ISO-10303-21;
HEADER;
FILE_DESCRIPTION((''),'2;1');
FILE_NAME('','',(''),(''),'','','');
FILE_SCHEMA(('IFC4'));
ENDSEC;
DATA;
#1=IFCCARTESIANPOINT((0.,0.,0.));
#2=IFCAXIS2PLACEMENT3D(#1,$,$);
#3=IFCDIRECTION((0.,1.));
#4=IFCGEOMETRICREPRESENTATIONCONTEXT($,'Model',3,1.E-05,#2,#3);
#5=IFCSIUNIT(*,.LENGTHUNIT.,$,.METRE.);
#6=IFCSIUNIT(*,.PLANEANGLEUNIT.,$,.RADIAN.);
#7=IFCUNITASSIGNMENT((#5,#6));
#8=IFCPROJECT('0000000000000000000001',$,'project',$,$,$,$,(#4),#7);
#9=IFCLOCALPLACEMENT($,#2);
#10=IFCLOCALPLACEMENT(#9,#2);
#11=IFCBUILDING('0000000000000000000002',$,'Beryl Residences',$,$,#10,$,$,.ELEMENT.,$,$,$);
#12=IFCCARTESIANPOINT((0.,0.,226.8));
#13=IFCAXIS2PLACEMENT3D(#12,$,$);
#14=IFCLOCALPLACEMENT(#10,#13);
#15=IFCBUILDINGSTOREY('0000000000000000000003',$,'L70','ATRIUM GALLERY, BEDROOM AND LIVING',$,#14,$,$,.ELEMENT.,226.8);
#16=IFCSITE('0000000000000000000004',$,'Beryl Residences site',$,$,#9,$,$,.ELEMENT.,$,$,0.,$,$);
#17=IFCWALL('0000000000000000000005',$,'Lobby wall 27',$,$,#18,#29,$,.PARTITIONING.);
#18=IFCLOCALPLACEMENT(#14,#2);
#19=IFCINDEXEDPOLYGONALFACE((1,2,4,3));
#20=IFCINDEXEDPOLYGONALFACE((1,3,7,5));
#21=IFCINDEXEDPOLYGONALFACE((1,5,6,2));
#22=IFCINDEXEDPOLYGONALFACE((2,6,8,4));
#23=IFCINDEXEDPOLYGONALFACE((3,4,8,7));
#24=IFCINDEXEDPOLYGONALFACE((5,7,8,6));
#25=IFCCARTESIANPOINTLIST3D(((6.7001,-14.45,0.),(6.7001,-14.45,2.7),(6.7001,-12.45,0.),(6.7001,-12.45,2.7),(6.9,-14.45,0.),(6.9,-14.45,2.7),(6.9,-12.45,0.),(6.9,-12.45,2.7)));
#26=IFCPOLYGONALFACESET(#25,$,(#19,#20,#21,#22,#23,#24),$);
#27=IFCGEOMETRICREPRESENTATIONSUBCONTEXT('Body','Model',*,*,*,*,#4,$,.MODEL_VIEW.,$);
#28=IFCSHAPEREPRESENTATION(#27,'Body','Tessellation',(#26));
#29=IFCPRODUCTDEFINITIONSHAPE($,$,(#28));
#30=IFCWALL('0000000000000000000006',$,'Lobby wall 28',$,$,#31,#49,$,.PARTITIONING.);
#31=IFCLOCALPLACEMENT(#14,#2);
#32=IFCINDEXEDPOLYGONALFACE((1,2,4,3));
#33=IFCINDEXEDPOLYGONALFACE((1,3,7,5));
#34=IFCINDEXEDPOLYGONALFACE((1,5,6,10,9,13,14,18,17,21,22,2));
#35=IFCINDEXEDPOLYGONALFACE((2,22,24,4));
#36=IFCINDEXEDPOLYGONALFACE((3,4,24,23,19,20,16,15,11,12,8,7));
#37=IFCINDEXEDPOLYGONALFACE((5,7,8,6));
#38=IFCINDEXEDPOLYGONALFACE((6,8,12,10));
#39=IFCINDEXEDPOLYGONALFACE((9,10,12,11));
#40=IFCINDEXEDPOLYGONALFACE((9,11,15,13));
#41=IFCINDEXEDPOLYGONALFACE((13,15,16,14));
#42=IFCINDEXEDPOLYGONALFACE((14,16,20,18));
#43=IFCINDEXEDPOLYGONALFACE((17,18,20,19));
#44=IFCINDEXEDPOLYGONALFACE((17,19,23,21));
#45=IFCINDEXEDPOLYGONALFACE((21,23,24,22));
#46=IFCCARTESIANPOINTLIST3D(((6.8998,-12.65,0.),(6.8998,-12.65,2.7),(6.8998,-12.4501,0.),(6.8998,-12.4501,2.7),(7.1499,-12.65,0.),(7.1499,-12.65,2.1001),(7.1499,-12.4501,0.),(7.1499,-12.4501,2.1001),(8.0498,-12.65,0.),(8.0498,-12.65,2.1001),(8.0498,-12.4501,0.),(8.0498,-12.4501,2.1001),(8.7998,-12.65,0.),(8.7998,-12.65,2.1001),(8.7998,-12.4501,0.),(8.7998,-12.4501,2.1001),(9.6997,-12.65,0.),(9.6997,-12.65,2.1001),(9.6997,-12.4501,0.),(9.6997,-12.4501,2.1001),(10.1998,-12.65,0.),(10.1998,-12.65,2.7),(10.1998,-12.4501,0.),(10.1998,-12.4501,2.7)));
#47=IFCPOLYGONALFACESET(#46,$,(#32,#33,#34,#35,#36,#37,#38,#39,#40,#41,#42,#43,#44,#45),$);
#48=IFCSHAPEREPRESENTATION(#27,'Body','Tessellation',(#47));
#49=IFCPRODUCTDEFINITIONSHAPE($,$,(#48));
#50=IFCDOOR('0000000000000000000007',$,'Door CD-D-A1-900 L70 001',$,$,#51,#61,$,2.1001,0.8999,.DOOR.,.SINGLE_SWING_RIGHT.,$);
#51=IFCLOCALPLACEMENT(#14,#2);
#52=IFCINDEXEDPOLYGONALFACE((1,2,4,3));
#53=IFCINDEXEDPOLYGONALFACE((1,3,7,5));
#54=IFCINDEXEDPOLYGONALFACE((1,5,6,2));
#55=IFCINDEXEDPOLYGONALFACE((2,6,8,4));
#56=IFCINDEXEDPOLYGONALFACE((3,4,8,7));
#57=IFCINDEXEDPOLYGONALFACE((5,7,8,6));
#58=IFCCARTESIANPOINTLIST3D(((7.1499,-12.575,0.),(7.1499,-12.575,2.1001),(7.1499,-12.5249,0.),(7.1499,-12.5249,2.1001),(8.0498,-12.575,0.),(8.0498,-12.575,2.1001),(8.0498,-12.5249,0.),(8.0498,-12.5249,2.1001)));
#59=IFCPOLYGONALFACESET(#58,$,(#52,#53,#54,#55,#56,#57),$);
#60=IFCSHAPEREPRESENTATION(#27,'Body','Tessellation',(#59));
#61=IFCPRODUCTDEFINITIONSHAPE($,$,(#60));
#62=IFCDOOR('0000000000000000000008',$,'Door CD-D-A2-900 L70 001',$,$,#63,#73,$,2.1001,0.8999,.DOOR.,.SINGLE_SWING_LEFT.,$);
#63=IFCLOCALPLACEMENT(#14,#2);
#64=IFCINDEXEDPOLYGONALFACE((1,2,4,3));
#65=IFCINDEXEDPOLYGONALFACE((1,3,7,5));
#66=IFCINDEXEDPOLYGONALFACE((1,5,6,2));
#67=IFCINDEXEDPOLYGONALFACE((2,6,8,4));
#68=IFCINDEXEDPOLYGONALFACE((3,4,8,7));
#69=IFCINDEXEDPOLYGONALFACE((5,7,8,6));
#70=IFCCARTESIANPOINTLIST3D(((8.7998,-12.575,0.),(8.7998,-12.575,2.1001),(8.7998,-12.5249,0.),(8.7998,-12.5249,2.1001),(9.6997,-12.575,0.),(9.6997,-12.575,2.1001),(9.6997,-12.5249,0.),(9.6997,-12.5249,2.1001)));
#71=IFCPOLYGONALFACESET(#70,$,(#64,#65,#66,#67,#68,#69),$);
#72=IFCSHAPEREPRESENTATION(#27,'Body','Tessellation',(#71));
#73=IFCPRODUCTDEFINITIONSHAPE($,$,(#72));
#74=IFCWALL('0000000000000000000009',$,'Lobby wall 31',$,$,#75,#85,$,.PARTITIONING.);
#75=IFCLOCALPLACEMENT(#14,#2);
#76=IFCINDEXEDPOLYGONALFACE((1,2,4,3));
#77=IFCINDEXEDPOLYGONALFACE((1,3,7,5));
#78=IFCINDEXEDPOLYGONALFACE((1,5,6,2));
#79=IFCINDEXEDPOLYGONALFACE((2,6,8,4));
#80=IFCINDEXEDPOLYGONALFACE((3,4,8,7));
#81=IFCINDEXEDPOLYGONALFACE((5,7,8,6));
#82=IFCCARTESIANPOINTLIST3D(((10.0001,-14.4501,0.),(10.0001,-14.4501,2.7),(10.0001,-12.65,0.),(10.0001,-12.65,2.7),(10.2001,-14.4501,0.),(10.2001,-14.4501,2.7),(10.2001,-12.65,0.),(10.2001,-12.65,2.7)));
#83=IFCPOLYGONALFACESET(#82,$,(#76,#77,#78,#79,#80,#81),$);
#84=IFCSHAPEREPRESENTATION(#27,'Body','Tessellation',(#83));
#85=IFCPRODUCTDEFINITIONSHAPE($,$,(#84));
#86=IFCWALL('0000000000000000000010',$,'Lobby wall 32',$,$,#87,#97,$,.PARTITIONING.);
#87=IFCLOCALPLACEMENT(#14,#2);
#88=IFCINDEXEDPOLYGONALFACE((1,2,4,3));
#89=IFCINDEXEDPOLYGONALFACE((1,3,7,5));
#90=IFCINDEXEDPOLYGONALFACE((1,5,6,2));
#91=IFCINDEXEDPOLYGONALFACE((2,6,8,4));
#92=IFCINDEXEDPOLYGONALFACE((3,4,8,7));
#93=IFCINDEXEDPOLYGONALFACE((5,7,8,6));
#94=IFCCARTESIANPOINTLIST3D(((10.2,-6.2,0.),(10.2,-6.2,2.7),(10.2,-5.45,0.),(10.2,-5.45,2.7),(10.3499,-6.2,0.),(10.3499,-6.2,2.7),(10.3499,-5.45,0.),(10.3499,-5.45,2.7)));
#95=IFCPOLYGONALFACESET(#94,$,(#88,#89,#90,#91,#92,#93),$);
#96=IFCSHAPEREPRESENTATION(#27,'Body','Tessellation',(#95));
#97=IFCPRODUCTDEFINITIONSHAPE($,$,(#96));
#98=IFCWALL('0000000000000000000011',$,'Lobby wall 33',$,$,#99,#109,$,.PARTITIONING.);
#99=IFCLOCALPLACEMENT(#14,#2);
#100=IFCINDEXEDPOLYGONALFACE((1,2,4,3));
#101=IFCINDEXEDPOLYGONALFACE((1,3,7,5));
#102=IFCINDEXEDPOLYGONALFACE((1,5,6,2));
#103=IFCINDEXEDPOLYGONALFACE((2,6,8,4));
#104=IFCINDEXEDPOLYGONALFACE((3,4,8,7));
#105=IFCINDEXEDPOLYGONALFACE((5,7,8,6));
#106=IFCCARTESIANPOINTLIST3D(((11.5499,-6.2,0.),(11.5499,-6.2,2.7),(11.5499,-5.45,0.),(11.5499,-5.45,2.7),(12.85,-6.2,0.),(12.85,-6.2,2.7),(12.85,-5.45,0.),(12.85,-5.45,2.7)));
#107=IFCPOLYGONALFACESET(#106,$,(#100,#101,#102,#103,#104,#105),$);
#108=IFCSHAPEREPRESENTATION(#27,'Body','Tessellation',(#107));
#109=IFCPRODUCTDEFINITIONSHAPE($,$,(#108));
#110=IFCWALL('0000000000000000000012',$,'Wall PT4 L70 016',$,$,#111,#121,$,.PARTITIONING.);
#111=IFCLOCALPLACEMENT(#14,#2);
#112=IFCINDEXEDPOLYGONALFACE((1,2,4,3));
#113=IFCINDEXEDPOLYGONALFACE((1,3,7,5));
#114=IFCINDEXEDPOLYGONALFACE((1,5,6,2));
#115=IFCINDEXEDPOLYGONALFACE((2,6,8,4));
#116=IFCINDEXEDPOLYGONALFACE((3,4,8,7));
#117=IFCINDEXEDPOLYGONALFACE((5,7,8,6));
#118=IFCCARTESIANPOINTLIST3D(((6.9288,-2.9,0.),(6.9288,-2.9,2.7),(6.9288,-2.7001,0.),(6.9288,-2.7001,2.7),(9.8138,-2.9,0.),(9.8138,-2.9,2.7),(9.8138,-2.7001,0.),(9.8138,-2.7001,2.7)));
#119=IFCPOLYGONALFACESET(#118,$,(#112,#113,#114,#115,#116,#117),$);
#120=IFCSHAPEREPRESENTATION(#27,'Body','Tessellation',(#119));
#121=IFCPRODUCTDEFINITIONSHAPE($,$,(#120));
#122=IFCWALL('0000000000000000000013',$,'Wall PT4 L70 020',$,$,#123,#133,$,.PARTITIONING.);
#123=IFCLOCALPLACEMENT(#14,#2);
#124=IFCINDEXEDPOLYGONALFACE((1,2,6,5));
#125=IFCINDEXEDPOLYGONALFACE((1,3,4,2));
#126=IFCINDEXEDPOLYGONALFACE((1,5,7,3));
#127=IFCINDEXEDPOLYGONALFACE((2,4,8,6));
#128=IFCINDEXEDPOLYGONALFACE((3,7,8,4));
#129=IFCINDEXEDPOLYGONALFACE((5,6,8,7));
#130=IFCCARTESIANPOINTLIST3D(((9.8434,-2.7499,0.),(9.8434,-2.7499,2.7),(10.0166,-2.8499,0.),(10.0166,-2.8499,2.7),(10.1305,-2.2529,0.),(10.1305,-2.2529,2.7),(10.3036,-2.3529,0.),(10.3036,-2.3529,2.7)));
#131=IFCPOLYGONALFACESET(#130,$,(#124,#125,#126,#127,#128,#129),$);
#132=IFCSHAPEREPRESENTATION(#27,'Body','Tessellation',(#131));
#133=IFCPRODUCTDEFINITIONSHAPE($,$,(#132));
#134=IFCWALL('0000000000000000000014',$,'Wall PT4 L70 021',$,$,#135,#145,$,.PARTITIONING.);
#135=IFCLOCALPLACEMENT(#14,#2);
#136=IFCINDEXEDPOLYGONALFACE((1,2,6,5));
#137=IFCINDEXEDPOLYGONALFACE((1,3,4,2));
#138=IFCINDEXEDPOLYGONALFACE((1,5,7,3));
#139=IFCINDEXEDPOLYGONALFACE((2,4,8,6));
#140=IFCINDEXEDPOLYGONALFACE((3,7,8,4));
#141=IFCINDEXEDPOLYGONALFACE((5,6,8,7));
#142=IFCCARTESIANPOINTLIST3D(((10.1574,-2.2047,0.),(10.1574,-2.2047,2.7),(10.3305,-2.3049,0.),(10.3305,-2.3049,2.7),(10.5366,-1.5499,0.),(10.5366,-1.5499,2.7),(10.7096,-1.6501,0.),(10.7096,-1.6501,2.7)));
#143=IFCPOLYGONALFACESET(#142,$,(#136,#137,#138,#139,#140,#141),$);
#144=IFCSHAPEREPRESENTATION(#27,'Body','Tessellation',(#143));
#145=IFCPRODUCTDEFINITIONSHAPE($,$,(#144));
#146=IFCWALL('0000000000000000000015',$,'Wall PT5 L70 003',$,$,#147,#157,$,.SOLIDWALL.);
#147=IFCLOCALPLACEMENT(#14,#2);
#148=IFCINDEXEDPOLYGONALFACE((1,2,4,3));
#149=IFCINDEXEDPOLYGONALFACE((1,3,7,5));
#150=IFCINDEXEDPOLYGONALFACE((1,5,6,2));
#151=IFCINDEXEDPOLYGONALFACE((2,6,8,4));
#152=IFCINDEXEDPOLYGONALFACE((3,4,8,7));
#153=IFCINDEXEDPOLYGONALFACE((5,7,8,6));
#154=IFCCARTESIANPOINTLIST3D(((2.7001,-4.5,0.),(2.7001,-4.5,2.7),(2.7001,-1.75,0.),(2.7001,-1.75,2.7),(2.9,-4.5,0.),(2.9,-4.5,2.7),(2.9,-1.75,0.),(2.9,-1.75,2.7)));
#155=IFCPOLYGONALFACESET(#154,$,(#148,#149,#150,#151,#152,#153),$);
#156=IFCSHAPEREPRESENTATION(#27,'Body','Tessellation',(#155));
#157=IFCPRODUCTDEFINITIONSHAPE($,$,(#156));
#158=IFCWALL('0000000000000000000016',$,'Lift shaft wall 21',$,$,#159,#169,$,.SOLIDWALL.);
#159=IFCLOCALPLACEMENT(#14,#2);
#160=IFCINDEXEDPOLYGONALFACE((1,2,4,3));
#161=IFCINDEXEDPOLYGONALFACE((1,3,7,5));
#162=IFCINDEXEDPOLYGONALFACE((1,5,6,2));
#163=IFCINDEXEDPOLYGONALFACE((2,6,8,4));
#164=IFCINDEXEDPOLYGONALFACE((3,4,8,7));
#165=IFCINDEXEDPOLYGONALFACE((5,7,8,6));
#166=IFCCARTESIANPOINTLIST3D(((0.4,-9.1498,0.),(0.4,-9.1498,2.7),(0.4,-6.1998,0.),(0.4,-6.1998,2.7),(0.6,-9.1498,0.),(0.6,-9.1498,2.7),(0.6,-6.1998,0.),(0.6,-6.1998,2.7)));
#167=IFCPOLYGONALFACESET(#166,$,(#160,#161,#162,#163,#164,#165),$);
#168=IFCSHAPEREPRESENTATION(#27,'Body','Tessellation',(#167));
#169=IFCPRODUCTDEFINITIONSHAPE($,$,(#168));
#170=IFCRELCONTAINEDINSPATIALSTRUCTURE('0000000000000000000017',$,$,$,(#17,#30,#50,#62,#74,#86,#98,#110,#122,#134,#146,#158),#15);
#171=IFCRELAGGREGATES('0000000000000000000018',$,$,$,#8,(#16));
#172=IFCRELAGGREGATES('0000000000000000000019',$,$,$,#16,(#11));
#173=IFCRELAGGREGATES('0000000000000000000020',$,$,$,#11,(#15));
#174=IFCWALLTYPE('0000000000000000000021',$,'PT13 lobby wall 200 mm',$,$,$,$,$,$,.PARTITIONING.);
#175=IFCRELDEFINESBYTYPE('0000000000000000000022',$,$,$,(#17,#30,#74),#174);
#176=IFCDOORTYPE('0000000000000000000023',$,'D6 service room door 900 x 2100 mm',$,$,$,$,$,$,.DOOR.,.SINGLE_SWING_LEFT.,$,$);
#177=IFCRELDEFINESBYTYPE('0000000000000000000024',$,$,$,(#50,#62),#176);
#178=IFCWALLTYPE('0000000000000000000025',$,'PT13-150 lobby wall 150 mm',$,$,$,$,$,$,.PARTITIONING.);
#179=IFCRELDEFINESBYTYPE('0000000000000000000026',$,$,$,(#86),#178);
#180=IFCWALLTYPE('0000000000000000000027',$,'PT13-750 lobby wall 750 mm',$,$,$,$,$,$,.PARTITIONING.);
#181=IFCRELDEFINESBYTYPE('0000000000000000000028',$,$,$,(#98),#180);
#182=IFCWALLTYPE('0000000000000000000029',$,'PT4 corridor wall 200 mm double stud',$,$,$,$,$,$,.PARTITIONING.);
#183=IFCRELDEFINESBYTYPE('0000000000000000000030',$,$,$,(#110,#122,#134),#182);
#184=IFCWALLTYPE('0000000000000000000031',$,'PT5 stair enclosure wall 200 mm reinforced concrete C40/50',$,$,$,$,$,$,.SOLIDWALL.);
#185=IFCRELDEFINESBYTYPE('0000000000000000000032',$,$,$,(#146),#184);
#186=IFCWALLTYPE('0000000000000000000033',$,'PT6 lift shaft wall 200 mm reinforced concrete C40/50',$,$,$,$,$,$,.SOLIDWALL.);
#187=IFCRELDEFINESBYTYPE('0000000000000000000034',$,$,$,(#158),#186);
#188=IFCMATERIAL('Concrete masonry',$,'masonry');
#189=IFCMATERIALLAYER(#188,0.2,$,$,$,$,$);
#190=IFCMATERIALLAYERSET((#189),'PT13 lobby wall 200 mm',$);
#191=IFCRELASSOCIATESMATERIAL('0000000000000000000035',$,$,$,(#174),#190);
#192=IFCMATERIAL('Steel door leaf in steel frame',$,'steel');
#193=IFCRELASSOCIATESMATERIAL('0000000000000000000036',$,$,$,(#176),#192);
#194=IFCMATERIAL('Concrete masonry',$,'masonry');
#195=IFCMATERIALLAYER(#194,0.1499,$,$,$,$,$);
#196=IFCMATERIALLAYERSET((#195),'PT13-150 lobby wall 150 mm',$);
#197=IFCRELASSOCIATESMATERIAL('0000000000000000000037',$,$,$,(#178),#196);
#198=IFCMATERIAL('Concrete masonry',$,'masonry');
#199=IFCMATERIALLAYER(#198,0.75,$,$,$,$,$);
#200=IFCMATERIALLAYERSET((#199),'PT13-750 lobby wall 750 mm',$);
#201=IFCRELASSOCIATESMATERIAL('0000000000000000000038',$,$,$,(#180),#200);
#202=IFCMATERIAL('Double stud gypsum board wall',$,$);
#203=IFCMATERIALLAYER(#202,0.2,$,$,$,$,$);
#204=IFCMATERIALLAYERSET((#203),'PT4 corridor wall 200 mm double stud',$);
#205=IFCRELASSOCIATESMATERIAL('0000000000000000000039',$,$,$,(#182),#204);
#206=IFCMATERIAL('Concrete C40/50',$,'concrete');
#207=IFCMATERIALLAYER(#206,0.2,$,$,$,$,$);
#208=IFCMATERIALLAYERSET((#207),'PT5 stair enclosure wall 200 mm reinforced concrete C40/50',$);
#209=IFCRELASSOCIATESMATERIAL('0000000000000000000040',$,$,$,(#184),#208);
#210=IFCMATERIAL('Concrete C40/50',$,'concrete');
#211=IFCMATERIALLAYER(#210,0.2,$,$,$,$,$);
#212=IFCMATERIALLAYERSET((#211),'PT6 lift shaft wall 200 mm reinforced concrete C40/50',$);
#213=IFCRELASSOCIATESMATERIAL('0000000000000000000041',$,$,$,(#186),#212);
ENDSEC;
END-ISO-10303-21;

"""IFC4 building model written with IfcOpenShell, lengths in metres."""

from ifc_helpers import new_model, si_unit, direction, frame, frame_2d, origin, place, context, subcontext, project, spatial, rectangle, extrude, material, layer, layer_set, type_object, element, fill, save


model = new_model("IFC4")

# Units and contexts
model_context = context("Model", 3, precision=1e-05, world=origin(), true_north=direction((0.0, 1.0)))
body_context = subcontext(model_context, "Body", "Model", "MODEL_VIEW")
ifc_project = project(units=[si_unit("LENGTHUNIT", "METRE"), si_unit("PLANEANGLEUNIT", "RADIAN")], contexts=[model_context])

# Site, building, storey
site_placement = place(None, origin())
site = spatial("IfcSite", under=ifc_project, at=site_placement, Name="Beryl Residences site", CompositionType="ELEMENT", RefElevation=0.0)
building_placement = place(site_placement, origin())
building = spatial("IfcBuilding", under=site, at=building_placement, Name="Beryl Residences", CompositionType="ELEMENT")
storey_placement = place(building_placement, frame((0.0, 0.0, 226.8)))
storey = spatial("IfcBuildingStorey", under=building, at=storey_placement, Name="L70", Description="ATRIUM GALLERY, BEDROOM AND LIVING", CompositionType="ELEMENT", Elevation=226.8)

# Wall
ifc_material_1 = material(Name="Concrete masonry", Category="masonry")
ifc_layer_1 = layer(ifc_material_1, 0.2)
ifc_layer_set_1 = layer_set([ifc_layer_1], Name="PT13 lobby wall 200 mm")
wall_type_1 = type_object("IfcWallType", Name="PT13 lobby wall 200 mm", PredefinedType="PARTITIONING", material=ifc_layer_set_1)
wall_1_placement = place(storey_placement, frame((6.8, -14.45, 0.0), z_axis=(0.0, 0.0, 1.0), x_axis=(0.0, 1.0, 0.0)))
element("IfcWall", 1, at=wall_1_placement, inside=storey, type_object=wall_type_1, Name="Lobby wall 27", PredefinedType="PARTITIONING", context=body_context, shape_type="SweptSolid", body=[
    extrude(rectangle(XDim=2.0, YDim=0.2, at=frame_2d((1.0, 0.0))), origin(), (0.0, 0.0, 1.0), 2.7),
])

# Wall, openings, doors
wall_2_placement = place(storey_placement, frame((6.8999, -12.55, 0.0), z_axis=(0.0, 0.0, 1.0), x_axis=(1.0, 0.0, 0.0)))
wall_2 = element("IfcWall", 2, at=wall_2_placement, inside=storey, type_object=wall_type_1, Name="Lobby wall 28", PredefinedType="PARTITIONING", context=body_context, shape_type="SweptSolid", body=[
    extrude(rectangle(XDim=3.3, YDim=0.2, at=frame_2d((1.6499, 0.0))), origin(), (0.0, 0.0, 1.0), 2.7),
])
opening_1_placement = place(wall_2_placement, frame((1.1499, 0.0, 0.0), z_axis=(0.0, 0.0, 1.0), x_axis=(-1.0, 0.0, 0.0)))
opening_1 = element("IfcOpeningElement", 3, at=opening_1_placement, cuts=wall_2, PredefinedType="OPENING", context=body_context, shape_type="SweptSolid", body=[
    extrude(rectangle(XDim=0.8999, YDim=2.1001, at=frame_2d((0.45, 1.05))), frame((0.0, 0.1099, 0.0), z_axis=(0.0, -1.0, 0.0), x_axis=(1.0, 0.0, 0.0)), (0.0, 0.0, 1.0), 0.22),
])
opening_2_placement = place(wall_2_placement, frame((2.7998, 0.0, 0.0), z_axis=(0.0, 0.0, 1.0), x_axis=(-1.0, 0.0, 0.0)))
opening_2 = element("IfcOpeningElement", 4, at=opening_2_placement, cuts=wall_2, PredefinedType="OPENING", context=body_context, shape_type="SweptSolid", body=[
    extrude(rectangle(XDim=0.8999, YDim=2.1001, at=frame_2d((0.45, 1.05))), frame((0.0, 0.1099, 0.0), z_axis=(0.0, -1.0, 0.0), x_axis=(1.0, 0.0, 0.0)), (0.0, 0.0, 1.0), 0.22),
])
ifc_material_2 = material(Name="Steel door leaf in steel frame", Category="steel")
door_type = type_object("IfcDoorType", Name="D6 service room door 900 x 2100 mm", OperationType="SINGLE_SWING_LEFT", PredefinedType="DOOR", material=ifc_material_2)
door_1_placement = place(opening_1_placement, origin())
door_1 = element("IfcDoor", 5, at=door_1_placement, inside=storey, type_object=door_type, Name="Door CD-D-A1-900 L70 001", OperationType="SINGLE_SWING_RIGHT", OverallHeight=2.1001, OverallWidth=0.8999, PredefinedType="DOOR", context=body_context, shape_type="SweptSolid", body=[
    extrude(rectangle(XDim=0.8999, YDim=2.1001, at=frame_2d((0.45, 1.05))), frame((0.0, 0.0249, 0.0), z_axis=(0.0, -1.0, 0.0), x_axis=(1.0, 0.0, 0.0)), (0.0, 0.0, 1.0), 0.05),
])
fill(opening_1, door_1)
door_2_placement = place(opening_2_placement, origin())
door_2 = element("IfcDoor", 6, at=door_2_placement, inside=storey, type_object=door_type, Name="Door CD-D-A2-900 L70 001", OperationType="SINGLE_SWING_LEFT", OverallHeight=2.1001, OverallWidth=0.8999, PredefinedType="DOOR", context=body_context, shape_type="SweptSolid", body=[
    extrude(rectangle(XDim=0.8999, YDim=2.1001, at=frame_2d((0.45, 1.05))), frame((0.0, 0.0249, 0.0), z_axis=(0.0, -1.0, 0.0), x_axis=(1.0, 0.0, 0.0)), (0.0, 0.0, 1.0), 0.05),
])
fill(opening_2, door_2)

# Walls
wall_3_placement = place(storey_placement, frame((10.1001, -14.45, 0.0), z_axis=(0.0, 0.0, 1.0), x_axis=(0.0, 1.0, 0.0)))
element("IfcWall", 7, at=wall_3_placement, inside=storey, type_object=wall_type_1, Name="Lobby wall 31", PredefinedType="PARTITIONING", context=body_context, shape_type="SweptSolid", body=[
    extrude(rectangle(XDim=1.8, YDim=0.2, at=frame_2d((0.8999, 0.0))), origin(), (0.0, 0.0, 1.0), 2.7),
])
ifc_material_3 = material(Name="Concrete masonry", Category="masonry")
ifc_layer_2 = layer(ifc_material_3, 0.1499)
ifc_layer_set_2 = layer_set([ifc_layer_2], Name="PT13-150 lobby wall 150 mm")
wall_type_2 = type_object("IfcWallType", Name="PT13-150 lobby wall 150 mm", PredefinedType="PARTITIONING", material=ifc_layer_set_2)
wall_4_placement = place(storey_placement, frame((10.2749, -6.2, 0.0), z_axis=(0.0, 0.0, 1.0), x_axis=(0.0, 1.0, 0.0)))
element("IfcWall", 8, at=wall_4_placement, inside=storey, type_object=wall_type_2, Name="Lobby wall 32", PredefinedType="PARTITIONING", context=body_context, shape_type="SweptSolid", body=[
    extrude(rectangle(XDim=0.75, YDim=0.1499, at=frame_2d((0.375, 0.0))), origin(), (0.0, 0.0, 1.0), 2.7),
])
ifc_material_4 = material(Name="Concrete masonry", Category="masonry")
ifc_layer_3 = layer(ifc_material_4, 0.75)
ifc_layer_set_3 = layer_set([ifc_layer_3], Name="PT13-750 lobby wall 750 mm")
wall_type_3 = type_object("IfcWallType", Name="PT13-750 lobby wall 750 mm", PredefinedType="PARTITIONING", material=ifc_layer_set_3)
wall_5_placement = place(storey_placement, frame((11.55, -5.825, 0.0), z_axis=(0.0, 0.0, 1.0), x_axis=(1.0, 0.0, 0.0)))
element("IfcWall", 9, at=wall_5_placement, inside=storey, type_object=wall_type_3, Name="Lobby wall 33", PredefinedType="PARTITIONING", context=body_context, shape_type="SweptSolid", body=[
    extrude(rectangle(XDim=1.3, YDim=0.75, at=frame_2d((0.6499, 0.0))), origin(), (0.0, 0.0, 1.0), 2.7),
])
ifc_material_5 = material(Name="Double stud gypsum board wall")
ifc_layer_4 = layer(ifc_material_5, 0.2)
ifc_layer_set_4 = layer_set([ifc_layer_4], Name="PT4 corridor wall 200 mm double stud")
wall_type_4 = type_object("IfcWallType", Name="PT4 corridor wall 200 mm double stud", PredefinedType="PARTITIONING", material=ifc_layer_set_4)
wall_6_placement = place(storey_placement, frame((6.929, -2.8, 0.0), z_axis=(0.0, 0.0, 1.0), x_axis=(1.0, 0.0, 0.0)))
element("IfcWall", 10, at=wall_6_placement, inside=storey, type_object=wall_type_4, Name="Wall PT4 L70 016", PredefinedType="PARTITIONING", context=body_context, shape_type="SweptSolid", body=[
    extrude(rectangle(XDim=2.885, YDim=0.2, at=frame_2d((1.4424, 0.0))), origin(), (0.0, 0.0, 1.0), 2.7),
])
wall_7_placement = place(storey_placement, frame((9.9299, -2.8, 0.0), z_axis=(0.0, 0.0, 1.0), x_axis=(0.500164, 0.865931, 0.0)))
element("IfcWall", 11, at=wall_7_placement, inside=storey, type_object=wall_type_4, Name="Wall PT4 L70 020", PredefinedType="PARTITIONING", context=body_context, shape_type="SweptSolid", body=[
    extrude(rectangle(XDim=0.574, YDim=0.2, at=frame_2d((0.2871, 0.0))), origin(), (0.0, 0.0, 1.0), 2.7),
])
wall_8_placement = place(storey_placement, frame((10.2439, -2.2549, 0.0), z_axis=(0.0, 0.0, 1.0), x_axis=(0.5011, 0.865389, 0.0)))
element("IfcWall", 12, at=wall_8_placement, inside=storey, type_object=wall_type_4, Name="Wall PT4 L70 021", PredefinedType="PARTITIONING", context=body_context, shape_type="SweptSolid", body=[
    extrude(rectangle(XDim=0.7566, YDim=0.2, at=frame_2d((0.3784, 0.0))), origin(), (0.0, 0.0, 1.0), 2.7),
])
ifc_material_6 = material(Name="Concrete C40/50", Category="concrete")
ifc_layer_5 = layer(ifc_material_6, 0.2)
ifc_layer_set_5 = layer_set([ifc_layer_5], Name="PT5 stair enclosure wall 200 mm reinforced concrete C40/50")
wall_type_5 = type_object("IfcWallType", Name="PT5 stair enclosure wall 200 mm reinforced concrete C40/50", PredefinedType="SOLIDWALL", material=ifc_layer_set_5)
wall_9_placement = place(storey_placement, frame((2.8, -4.5, 0.0), z_axis=(0.0, 0.0, 1.0), x_axis=(0.0, 1.0, 0.0)))
element("IfcWall", 13, at=wall_9_placement, inside=storey, type_object=wall_type_5, Name="Wall PT5 L70 003", PredefinedType="SOLIDWALL", context=body_context, shape_type="SweptSolid", body=[
    extrude(rectangle(XDim=2.75, YDim=0.2, at=frame_2d((1.375, 0.0))), origin(), (0.0, 0.0, 1.0), 2.7),
])
ifc_material_7 = material(Name="Concrete C40/50", Category="concrete")
ifc_layer_6 = layer(ifc_material_7, 0.2)
ifc_layer_set_6 = layer_set([ifc_layer_6], Name="PT6 lift shaft wall 200 mm reinforced concrete C40/50")
wall_type_6 = type_object("IfcWallType", Name="PT6 lift shaft wall 200 mm reinforced concrete C40/50", PredefinedType="SOLIDWALL", material=ifc_layer_set_6)
for number, where, z_axis, x_axis, name in (
    (14, (0.5, -9.1499, 0.0), (0.0, 0.0, 1.0), (0.0, 1.0, 0.0), "Lift shaft wall 21"),
):
    element("IfcWall", number, at=place(storey_placement, frame(where, z_axis=z_axis, x_axis=x_axis)), inside=storey, type_object=wall_type_6, Name=name, PredefinedType="SOLIDWALL", context=body_context, shape_type="SweptSolid", body=[
        extrude(rectangle(XDim=2.95, YDim=0.2, at=frame_2d((1.4751, 0.0))), origin(), (0.0, 0.0, 1.0), 2.7),
    ])

save(model, "model.ifc")
